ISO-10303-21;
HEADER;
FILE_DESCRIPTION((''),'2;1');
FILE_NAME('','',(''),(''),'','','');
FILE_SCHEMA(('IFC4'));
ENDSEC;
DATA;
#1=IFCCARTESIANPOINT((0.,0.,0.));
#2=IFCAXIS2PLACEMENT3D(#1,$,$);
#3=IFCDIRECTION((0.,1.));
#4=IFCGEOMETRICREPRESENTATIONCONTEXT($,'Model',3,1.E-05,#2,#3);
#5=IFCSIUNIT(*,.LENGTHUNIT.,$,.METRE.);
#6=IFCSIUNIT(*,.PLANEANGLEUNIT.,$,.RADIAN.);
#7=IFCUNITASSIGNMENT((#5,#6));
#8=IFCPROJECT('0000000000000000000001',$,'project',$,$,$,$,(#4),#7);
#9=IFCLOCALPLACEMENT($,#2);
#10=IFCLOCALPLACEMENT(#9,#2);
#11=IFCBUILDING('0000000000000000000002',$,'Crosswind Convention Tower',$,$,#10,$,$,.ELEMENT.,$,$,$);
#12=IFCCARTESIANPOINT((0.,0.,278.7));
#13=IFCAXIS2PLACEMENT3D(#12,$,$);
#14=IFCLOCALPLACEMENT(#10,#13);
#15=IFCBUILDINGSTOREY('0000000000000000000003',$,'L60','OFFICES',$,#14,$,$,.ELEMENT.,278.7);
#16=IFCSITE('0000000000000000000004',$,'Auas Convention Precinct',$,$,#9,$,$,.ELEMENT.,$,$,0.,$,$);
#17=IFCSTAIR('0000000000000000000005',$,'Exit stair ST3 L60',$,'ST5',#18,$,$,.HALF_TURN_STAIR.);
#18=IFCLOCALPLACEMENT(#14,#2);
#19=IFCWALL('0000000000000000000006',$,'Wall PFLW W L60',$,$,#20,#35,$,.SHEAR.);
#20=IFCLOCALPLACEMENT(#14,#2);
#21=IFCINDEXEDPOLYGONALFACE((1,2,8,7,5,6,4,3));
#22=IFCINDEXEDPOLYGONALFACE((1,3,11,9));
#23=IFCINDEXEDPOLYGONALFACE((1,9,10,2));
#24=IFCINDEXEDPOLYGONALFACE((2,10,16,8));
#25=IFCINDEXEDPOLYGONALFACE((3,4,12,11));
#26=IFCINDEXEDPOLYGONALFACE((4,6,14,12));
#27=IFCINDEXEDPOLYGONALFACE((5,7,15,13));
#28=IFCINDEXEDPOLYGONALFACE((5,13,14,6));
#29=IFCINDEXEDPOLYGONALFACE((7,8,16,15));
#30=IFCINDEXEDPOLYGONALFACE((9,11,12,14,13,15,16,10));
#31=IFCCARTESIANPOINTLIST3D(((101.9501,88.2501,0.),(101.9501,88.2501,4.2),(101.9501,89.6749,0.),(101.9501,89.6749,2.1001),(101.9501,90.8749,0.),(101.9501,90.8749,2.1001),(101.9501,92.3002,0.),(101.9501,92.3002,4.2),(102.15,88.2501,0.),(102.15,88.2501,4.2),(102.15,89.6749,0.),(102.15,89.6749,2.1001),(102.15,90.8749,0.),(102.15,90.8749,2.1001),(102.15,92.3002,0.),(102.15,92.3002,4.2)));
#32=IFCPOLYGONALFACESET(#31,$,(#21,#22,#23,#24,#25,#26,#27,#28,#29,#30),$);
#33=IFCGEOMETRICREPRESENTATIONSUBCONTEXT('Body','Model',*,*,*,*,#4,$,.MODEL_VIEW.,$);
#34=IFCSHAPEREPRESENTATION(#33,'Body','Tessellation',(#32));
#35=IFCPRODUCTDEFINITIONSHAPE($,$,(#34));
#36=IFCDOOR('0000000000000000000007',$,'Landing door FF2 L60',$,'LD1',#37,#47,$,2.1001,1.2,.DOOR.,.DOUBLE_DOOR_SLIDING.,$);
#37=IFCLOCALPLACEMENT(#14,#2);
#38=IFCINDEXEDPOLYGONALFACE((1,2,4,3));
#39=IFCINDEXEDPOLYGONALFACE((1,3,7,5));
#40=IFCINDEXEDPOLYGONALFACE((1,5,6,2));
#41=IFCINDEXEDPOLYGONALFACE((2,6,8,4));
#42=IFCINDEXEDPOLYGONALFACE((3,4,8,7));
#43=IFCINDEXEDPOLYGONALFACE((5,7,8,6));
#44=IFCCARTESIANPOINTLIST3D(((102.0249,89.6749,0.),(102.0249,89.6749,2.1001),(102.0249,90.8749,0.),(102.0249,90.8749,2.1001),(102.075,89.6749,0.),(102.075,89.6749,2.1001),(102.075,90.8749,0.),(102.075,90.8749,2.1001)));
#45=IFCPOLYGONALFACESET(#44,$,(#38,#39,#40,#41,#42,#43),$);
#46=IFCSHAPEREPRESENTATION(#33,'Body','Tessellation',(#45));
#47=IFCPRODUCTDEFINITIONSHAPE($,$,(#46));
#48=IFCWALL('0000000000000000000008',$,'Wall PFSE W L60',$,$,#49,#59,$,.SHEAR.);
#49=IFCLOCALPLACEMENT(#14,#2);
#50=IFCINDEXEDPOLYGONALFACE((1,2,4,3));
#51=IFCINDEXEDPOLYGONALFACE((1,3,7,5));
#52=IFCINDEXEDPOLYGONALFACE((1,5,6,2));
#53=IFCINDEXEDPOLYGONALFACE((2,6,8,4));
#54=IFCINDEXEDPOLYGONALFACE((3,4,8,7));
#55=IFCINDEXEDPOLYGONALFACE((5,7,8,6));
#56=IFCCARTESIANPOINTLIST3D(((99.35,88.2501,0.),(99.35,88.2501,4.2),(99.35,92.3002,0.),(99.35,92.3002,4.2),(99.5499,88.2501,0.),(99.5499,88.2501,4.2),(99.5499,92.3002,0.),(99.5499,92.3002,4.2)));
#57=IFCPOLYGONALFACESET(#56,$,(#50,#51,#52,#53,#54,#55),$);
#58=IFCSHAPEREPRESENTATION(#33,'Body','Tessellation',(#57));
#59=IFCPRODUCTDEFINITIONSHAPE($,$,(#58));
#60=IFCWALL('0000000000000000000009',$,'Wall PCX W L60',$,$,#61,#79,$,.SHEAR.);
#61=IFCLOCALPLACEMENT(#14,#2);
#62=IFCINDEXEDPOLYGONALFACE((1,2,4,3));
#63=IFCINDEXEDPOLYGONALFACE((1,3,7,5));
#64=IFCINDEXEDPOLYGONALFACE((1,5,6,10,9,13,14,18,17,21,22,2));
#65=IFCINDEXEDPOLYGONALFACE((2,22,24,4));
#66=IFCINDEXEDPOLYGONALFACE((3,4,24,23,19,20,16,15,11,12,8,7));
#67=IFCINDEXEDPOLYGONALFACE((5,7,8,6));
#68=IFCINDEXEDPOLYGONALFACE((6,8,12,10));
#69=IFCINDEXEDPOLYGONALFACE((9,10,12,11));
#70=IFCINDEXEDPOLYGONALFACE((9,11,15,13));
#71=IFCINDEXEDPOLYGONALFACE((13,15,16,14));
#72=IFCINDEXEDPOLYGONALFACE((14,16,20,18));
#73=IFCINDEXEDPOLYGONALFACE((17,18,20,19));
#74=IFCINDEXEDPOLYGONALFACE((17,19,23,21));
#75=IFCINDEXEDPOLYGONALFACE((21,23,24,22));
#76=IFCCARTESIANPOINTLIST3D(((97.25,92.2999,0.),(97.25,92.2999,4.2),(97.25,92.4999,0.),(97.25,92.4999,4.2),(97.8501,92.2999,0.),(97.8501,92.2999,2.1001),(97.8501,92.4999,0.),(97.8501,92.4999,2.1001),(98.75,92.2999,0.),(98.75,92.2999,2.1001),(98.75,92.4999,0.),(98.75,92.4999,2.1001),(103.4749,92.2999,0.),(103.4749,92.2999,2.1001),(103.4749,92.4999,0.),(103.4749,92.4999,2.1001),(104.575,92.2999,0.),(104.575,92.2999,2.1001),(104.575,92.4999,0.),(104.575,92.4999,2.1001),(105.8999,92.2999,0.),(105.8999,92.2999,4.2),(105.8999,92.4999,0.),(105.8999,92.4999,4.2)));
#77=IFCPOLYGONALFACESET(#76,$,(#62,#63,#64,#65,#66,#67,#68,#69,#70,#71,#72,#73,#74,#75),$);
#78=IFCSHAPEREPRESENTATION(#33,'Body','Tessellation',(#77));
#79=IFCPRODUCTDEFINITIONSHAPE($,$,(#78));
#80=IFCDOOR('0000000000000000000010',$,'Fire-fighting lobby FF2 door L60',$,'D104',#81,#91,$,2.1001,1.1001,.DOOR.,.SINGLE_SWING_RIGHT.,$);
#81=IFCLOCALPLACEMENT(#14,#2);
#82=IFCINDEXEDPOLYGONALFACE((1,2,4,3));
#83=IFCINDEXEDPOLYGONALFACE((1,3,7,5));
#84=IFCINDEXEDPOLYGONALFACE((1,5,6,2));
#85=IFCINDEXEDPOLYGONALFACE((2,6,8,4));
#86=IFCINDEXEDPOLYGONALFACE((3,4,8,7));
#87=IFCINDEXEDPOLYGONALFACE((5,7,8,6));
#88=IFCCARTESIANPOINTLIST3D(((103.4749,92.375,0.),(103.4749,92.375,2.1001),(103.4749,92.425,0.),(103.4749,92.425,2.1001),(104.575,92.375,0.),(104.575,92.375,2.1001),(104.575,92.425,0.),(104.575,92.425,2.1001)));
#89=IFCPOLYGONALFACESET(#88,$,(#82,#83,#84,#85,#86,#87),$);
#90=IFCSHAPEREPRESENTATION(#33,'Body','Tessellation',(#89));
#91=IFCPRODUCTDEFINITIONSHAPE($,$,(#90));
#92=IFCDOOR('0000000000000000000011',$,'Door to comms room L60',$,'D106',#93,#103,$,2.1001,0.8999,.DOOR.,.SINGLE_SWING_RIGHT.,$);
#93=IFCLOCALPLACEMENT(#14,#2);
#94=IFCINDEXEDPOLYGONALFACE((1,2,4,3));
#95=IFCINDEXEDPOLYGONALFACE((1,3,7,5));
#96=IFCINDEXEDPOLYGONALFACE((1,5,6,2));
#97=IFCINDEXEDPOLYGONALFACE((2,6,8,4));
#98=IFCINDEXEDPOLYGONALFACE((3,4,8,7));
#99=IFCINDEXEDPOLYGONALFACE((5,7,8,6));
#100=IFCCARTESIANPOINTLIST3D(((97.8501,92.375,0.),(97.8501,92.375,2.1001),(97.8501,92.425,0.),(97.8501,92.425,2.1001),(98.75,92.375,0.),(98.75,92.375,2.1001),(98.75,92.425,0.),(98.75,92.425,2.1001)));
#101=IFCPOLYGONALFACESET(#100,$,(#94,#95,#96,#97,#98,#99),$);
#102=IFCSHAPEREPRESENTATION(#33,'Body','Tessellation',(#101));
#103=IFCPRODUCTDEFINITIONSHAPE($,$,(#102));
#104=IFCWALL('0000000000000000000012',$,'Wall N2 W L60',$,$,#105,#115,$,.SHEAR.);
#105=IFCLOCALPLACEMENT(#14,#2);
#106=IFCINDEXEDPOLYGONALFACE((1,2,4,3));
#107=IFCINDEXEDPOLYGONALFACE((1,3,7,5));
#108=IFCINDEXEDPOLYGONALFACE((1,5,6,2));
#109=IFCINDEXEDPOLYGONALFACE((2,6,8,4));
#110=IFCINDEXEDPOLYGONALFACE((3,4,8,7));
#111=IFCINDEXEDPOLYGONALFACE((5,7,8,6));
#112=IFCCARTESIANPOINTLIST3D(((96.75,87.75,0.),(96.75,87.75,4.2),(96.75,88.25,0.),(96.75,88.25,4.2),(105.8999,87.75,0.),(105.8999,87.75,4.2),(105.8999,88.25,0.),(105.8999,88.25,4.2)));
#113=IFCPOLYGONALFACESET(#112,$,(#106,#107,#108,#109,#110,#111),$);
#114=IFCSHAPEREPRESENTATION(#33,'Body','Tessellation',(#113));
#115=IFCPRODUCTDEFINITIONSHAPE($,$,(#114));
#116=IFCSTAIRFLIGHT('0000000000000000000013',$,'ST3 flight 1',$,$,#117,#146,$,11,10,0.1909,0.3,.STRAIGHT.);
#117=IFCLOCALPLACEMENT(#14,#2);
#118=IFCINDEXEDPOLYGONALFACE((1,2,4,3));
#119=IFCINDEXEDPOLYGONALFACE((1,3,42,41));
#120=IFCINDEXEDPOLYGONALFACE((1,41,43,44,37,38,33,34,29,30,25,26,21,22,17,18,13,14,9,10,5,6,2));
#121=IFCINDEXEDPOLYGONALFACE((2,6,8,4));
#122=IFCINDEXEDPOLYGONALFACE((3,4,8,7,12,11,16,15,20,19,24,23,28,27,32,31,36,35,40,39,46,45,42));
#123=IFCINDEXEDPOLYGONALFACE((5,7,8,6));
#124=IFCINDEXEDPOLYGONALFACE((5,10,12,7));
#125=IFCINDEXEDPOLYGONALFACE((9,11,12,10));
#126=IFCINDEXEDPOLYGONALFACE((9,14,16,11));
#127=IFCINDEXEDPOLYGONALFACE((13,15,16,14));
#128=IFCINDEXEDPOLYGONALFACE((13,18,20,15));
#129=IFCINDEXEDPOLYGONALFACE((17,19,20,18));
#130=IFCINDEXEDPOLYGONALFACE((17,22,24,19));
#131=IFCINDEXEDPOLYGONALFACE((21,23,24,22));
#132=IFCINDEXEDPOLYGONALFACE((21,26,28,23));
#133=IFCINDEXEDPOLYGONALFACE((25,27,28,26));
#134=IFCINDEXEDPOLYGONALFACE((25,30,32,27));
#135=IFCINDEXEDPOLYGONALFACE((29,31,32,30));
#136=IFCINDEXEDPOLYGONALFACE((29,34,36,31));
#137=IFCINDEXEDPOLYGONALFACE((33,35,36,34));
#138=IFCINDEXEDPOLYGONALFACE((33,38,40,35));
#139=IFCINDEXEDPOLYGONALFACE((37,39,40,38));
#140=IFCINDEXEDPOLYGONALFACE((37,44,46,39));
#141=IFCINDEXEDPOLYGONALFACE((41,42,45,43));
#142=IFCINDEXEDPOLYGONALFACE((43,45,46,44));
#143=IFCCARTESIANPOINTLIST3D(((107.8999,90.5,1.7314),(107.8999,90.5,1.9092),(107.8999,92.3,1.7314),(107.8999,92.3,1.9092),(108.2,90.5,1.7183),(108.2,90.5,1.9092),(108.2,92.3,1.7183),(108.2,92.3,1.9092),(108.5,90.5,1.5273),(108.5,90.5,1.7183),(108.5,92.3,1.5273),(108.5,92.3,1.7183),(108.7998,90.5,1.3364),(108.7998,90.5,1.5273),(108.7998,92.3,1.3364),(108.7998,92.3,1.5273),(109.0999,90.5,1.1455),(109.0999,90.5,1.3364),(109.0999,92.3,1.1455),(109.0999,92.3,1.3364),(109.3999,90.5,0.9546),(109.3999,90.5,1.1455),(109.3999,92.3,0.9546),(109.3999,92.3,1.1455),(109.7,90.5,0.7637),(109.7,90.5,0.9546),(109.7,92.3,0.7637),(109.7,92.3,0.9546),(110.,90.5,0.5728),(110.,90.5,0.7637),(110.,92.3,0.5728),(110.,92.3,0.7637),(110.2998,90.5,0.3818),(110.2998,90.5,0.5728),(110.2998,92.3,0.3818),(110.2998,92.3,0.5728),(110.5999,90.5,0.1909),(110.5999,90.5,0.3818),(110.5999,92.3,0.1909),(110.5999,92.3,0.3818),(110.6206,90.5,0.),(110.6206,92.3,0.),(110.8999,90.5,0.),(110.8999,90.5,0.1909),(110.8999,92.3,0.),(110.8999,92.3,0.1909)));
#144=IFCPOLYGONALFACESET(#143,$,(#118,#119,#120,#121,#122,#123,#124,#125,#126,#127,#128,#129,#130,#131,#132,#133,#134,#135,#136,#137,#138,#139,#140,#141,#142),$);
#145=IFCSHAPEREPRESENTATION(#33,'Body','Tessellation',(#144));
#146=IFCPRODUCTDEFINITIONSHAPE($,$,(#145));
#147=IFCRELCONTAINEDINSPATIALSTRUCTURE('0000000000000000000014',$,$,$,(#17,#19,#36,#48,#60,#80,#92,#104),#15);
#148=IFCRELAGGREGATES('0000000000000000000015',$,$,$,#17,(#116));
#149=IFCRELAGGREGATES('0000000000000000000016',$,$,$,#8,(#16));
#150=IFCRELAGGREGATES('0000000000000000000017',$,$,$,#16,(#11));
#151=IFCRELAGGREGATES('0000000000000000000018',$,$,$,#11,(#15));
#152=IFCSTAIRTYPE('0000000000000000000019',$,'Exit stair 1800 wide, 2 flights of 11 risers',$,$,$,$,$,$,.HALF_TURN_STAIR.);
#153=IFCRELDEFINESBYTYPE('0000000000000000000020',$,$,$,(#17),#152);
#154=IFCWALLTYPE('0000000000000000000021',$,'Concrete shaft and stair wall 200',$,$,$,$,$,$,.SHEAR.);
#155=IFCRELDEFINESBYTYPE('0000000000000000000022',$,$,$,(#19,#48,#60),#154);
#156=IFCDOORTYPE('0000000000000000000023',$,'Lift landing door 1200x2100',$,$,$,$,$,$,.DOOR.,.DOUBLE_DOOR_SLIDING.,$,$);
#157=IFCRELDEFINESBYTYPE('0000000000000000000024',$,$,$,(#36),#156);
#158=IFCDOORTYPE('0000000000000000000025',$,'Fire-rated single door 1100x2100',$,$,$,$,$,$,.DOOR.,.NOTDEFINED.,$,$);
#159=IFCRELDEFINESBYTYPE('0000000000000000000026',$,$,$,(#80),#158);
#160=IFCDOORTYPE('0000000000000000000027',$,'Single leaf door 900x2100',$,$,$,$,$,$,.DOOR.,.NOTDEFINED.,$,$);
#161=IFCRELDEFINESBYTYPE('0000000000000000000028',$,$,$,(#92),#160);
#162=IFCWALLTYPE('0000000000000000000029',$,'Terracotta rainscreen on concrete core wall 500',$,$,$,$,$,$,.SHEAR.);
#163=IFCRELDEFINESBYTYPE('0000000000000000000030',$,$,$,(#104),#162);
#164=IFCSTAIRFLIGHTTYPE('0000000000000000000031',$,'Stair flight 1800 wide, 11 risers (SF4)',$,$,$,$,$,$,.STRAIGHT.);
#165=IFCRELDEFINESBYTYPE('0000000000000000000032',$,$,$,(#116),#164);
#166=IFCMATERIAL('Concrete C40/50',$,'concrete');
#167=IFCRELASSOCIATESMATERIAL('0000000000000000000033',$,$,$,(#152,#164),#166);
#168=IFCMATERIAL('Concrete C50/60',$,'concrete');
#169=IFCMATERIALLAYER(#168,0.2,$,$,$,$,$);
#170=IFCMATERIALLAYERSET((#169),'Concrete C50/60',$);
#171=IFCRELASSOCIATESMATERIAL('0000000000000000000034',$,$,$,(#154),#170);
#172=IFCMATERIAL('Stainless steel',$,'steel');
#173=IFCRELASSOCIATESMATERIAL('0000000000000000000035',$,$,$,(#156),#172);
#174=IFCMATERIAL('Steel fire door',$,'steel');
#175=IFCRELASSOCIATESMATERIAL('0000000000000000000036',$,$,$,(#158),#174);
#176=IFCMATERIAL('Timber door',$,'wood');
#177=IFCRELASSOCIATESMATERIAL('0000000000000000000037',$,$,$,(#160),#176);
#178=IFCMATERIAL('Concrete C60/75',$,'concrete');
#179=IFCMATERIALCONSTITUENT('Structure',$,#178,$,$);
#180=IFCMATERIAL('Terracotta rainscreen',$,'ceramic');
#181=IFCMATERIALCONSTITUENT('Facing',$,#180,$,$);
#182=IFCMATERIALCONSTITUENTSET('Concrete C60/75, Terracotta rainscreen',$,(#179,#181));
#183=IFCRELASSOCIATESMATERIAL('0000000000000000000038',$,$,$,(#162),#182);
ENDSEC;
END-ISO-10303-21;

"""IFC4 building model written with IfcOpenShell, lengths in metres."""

from ifc_helpers import new_model, si_unit, direction, frame, frame_2d, origin, place, context, subcontext, project, spatial, polyline, rectangle, outline, extrude, material, layer, layer_set, constituent, constituent_set, type_object, element, fill, aggregate, save


model = new_model("IFC4")

# Units and contexts
model_context = context("Model", 3, precision=1e-05, world=origin(), true_north=direction((0.0, 1.0)))
body_context = subcontext(model_context, "Body", "Model", "MODEL_VIEW")
ifc_project = project(units=[si_unit("LENGTHUNIT", "METRE"), si_unit("PLANEANGLEUNIT", "RADIAN")], contexts=[model_context])

# Site, building, storey
site_placement = place(None, origin())
site = spatial("IfcSite", under=ifc_project, at=site_placement, Name="Auas Convention Precinct", CompositionType="ELEMENT", RefElevation=0.0)
building_placement = place(site_placement, origin())
building = spatial("IfcBuilding", under=site, at=building_placement, Name="Crosswind Convention Tower", CompositionType="ELEMENT")
storey_placement = place(building_placement, frame((0.0, 0.0, 278.7)))
storey = spatial("IfcBuildingStorey", under=building, at=storey_placement, Name="L60", Description="OFFICES", CompositionType="ELEMENT", Elevation=278.7)

# Shared definitions
ifc_material_1 = material(Name="Concrete C40/50", Category="concrete")

# Stair
stair_type = type_object("IfcStairType", Name="Exit stair 1800 wide, 2 flights of 11 risers", PredefinedType="HALF_TURN_STAIR", material=ifc_material_1)
stair_1_placement = place(storey_placement, origin())
stair_1 = element("IfcStair", 1, at=stair_1_placement, inside=storey, type_object=stair_type, Name="Exit stair ST3 L60", ObjectType="ST5", PredefinedType="HALF_TURN_STAIR")

# Shared definitions
ifc_material_2 = material(Name="Concrete C50/60", Category="concrete")
ifc_layer_1 = layer(ifc_material_2, 0.2)
ifc_layer_set_1 = layer_set([ifc_layer_1], Name="Concrete C50/60")
wall_type_1 = type_object("IfcWallType", Name="Concrete shaft and stair wall 200", PredefinedType="SHEAR", material=ifc_layer_set_1)

# Wall, opening, door
wall_1_placement = place(storey_placement, frame((102.05, 92.3, 0.0), z_axis=(0.0, 0.0, 1.0), x_axis=(0.0, -1.0, 0.0)))
wall_1 = element("IfcWall", 2, at=wall_1_placement, inside=storey, type_object=wall_type_1, Name="Wall PFLW W L60", PredefinedType="SHEAR", context=body_context, shape_type="SweptSolid", body=[
    extrude(rectangle(XDim=4.05, YDim=0.2, at=frame_2d((2.0249, 0.0))), origin(), (0.0, 0.0, 1.0), 4.2),
])
opening_1_placement = place(wall_1_placement, frame((1.425, 0.0, 0.0)))
opening_1 = element("IfcOpeningElement", 3, at=opening_1_placement, cuts=wall_1, PredefinedType="OPENING", context=body_context, shape_type="SweptSolid", body=[
    extrude(rectangle(XDim=1.2, YDim=2.1001, at=frame_2d((0.6001, 1.05))), frame((0.0, 0.1099, 0.0), z_axis=(0.0, -1.0, 0.0), x_axis=(1.0, 0.0, 0.0)), (0.0, 0.0, 1.0), 0.22),
])
ifc_material_3 = material(Name="Stainless steel", Category="steel")
door_type_1 = type_object("IfcDoorType", Name="Lift landing door 1200x2100", OperationType="DOUBLE_DOOR_SLIDING", PredefinedType="DOOR", material=ifc_material_3)
door_1_placement = place(opening_1_placement, origin())
door_1 = element("IfcDoor", 4, at=door_1_placement, inside=storey, type_object=door_type_1, Name="Landing door FF2 L60", ObjectType="LD1", OperationType="DOUBLE_DOOR_SLIDING", OverallHeight=2.1001, OverallWidth=1.2, PredefinedType="DOOR", context=body_context, shape_type="SweptSolid", body=[
    extrude(rectangle(XDim=1.2, YDim=2.1001, at=frame_2d((0.6001, 1.05))), frame((0.0, 0.0249, 0.0), z_axis=(0.0, -1.0, 0.0), x_axis=(1.0, 0.0, 0.0)), (0.0, 0.0, 1.0), 0.05),
])
fill(opening_1, door_1)

# Wall
wall_2_placement = place(storey_placement, frame((99.45, 92.3, 0.0), z_axis=(0.0, 0.0, 1.0), x_axis=(0.0, -1.0, 0.0)))
element("IfcWall", 5, at=wall_2_placement, inside=storey, type_object=wall_type_1, Name="Wall PFSE W L60", PredefinedType="SHEAR", context=body_context, shape_type="SweptSolid", body=[
    extrude(rectangle(XDim=4.05, YDim=0.2, at=frame_2d((2.0249, 0.0))), origin(), (0.0, 0.0, 1.0), 4.2),
])

# Wall, openings, doors
wall_3_placement = place(storey_placement, frame((105.8999, 92.3999, 0.0), z_axis=(0.0, 0.0, 1.0), x_axis=(-1.0, 0.0, 0.0)))
wall_3 = element("IfcWall", 6, at=wall_3_placement, inside=storey, type_object=wall_type_1, Name="Wall PCX W L60", PredefinedType="SHEAR", context=body_context, shape_type="SweptSolid", body=[
    extrude(rectangle(XDim=8.6499, YDim=0.2, at=frame_2d((4.325, 0.0))), origin(), (0.0, 0.0, 1.0), 4.2),
])
opening_2_placement = place(wall_3_placement, frame((1.325, 0.0, 0.0)))
opening_2 = element("IfcOpeningElement", 7, at=opening_2_placement, cuts=wall_3, PredefinedType="OPENING", context=body_context, shape_type="SweptSolid", body=[
    extrude(rectangle(XDim=1.1001, YDim=2.1001, at=frame_2d((0.55, 1.05))), frame((0.0, 0.1099, 0.0), z_axis=(0.0, -1.0, 0.0), x_axis=(1.0, 0.0, 0.0)), (0.0, 0.0, 1.0), 0.22),
])
opening_3_placement = place(wall_3_placement, frame((7.1499, 0.0, 0.0)))
opening_3 = element("IfcOpeningElement", 8, at=opening_3_placement, cuts=wall_3, PredefinedType="OPENING", context=body_context, shape_type="SweptSolid", body=[
    extrude(rectangle(XDim=0.8999, YDim=2.1001, at=frame_2d((0.45, 1.05))), frame((0.0, 0.1099, 0.0), z_axis=(0.0, -1.0, 0.0), x_axis=(1.0, 0.0, 0.0)), (0.0, 0.0, 1.0), 0.22),
])
ifc_material_4 = material(Name="Steel fire door", Category="steel")
door_type_2 = type_object("IfcDoorType", Name="Fire-rated single door 1100x2100", OperationType="NOTDEFINED", PredefinedType="DOOR", material=ifc_material_4)
door_2_placement = place(opening_2_placement, origin())
door_2 = element("IfcDoor", 9, at=door_2_placement, inside=storey, type_object=door_type_2, Name="Fire-fighting lobby FF2 door L60", ObjectType="D104", OperationType="SINGLE_SWING_RIGHT", OverallHeight=2.1001, OverallWidth=1.1001, PredefinedType="DOOR", context=body_context, shape_type="SweptSolid", body=[
    extrude(rectangle(XDim=1.1001, YDim=2.1001, at=frame_2d((0.55, 1.05))), frame((0.0, 0.0249, 0.0), z_axis=(0.0, -1.0, 0.0), x_axis=(1.0, 0.0, 0.0)), (0.0, 0.0, 1.0), 0.05),
])
fill(opening_2, door_2)
ifc_material_5 = material(Name="Timber door", Category="wood")
door_type_3 = type_object("IfcDoorType", Name="Single leaf door 900x2100", OperationType="NOTDEFINED", PredefinedType="DOOR", material=ifc_material_5)
door_3_placement = place(opening_3_placement, origin())
door_3 = element("IfcDoor", 10, at=door_3_placement, inside=storey, type_object=door_type_3, Name="Door to comms room L60", ObjectType="D106", OperationType="SINGLE_SWING_RIGHT", OverallHeight=2.1001, OverallWidth=0.8999, PredefinedType="DOOR", context=body_context, shape_type="SweptSolid", body=[
    extrude(rectangle(XDim=0.8999, YDim=2.1001, at=frame_2d((0.45, 1.05))), frame((0.0, 0.0249, 0.0), z_axis=(0.0, -1.0, 0.0), x_axis=(1.0, 0.0, 0.0)), (0.0, 0.0, 1.0), 0.05),
])
fill(opening_3, door_3)

# Wall
ifc_material_6 = material(Name="Concrete C60/75", Category="concrete")
ifc_constituent_1 = constituent(ifc_material_6, Name="Structure")
ifc_material_7 = material(Name="Terracotta rainscreen", Category="ceramic")
ifc_constituent_2 = constituent(ifc_material_7, Name="Facing")
ifc_constituent_set = constituent_set(constituents=[ifc_constituent_1, ifc_constituent_2], Name="Concrete C60/75, Terracotta rainscreen")
wall_type_2 = type_object("IfcWallType", Name="Terracotta rainscreen on concrete core wall 500", PredefinedType="SHEAR", material=ifc_constituent_set)
wall_4_placement = place(storey_placement, frame((105.8999, 88.0, 0.0), z_axis=(0.0, 0.0, 1.0), x_axis=(-1.0, 0.0, 0.0)))
element("IfcWall", 11, at=wall_4_placement, inside=storey, type_object=wall_type_2, Name="Wall N2 W L60", PredefinedType="SHEAR", context=body_context, shape_type="SweptSolid", body=[
    extrude(rectangle(XDim=9.1499, YDim=0.5, at=frame_2d((4.575, 0.0))), origin(), (0.0, 0.0, 1.0), 4.2),
])

# Stair flight
stair_flight_type = type_object("IfcStairFlightType", Name="Stair flight 1800 wide, 11 risers (SF4)", PredefinedType="STRAIGHT", material=ifc_material_1)
stair_flight_1_placement = place(storey_placement, frame((110.8999, 91.3999, 0.0), z_axis=(0.0, 0.0, 1.0), x_axis=(-1.0, 0.0, 0.0)))
stair_flight_1 = element("IfcStairFlight", 12, at=stair_flight_1_placement, type_object=stair_flight_type, Name="ST3 flight 1", NumberOfRisers=11, NumberOfTreads=10, PredefinedType="STRAIGHT", RiserHeight=0.1909, TreadLength=0.3, context=body_context, shape_type="SweptSolid", body=[
    extrude(outline(polyline([(0.0, 0.0), (0.0, 0.1909), (0.3, 0.1909), (0.3, 0.3818), (0.6001, 0.3818), (0.6001, 0.5728), (0.8999, 0.5728), (0.8999, 0.7637), (1.2, 0.7637), (1.2, 0.9546), (1.5, 0.9546), (1.5, 1.1455), (1.8, 1.1455), (1.8, 1.3364), (2.1001, 1.3364), (2.1001, 1.5273), (2.3999, 1.5273), (2.3999, 1.7183), (2.7, 1.7183), (2.7, 1.9092), (3.0, 1.9092), (3.0, 2.1001), (3.0, 1.7314), (0.2793, 0.0), (0.0, 0.0)])), frame((0.0, 0.8999, 0.0), z_axis=(0.0, -1.0, 0.0), x_axis=(1.0, 0.0, 0.0)), (0.0, 0.0, 1.0), 1.8),
])
aggregate(stair_1, [stair_flight_1])

save(model, "model.ifc")
